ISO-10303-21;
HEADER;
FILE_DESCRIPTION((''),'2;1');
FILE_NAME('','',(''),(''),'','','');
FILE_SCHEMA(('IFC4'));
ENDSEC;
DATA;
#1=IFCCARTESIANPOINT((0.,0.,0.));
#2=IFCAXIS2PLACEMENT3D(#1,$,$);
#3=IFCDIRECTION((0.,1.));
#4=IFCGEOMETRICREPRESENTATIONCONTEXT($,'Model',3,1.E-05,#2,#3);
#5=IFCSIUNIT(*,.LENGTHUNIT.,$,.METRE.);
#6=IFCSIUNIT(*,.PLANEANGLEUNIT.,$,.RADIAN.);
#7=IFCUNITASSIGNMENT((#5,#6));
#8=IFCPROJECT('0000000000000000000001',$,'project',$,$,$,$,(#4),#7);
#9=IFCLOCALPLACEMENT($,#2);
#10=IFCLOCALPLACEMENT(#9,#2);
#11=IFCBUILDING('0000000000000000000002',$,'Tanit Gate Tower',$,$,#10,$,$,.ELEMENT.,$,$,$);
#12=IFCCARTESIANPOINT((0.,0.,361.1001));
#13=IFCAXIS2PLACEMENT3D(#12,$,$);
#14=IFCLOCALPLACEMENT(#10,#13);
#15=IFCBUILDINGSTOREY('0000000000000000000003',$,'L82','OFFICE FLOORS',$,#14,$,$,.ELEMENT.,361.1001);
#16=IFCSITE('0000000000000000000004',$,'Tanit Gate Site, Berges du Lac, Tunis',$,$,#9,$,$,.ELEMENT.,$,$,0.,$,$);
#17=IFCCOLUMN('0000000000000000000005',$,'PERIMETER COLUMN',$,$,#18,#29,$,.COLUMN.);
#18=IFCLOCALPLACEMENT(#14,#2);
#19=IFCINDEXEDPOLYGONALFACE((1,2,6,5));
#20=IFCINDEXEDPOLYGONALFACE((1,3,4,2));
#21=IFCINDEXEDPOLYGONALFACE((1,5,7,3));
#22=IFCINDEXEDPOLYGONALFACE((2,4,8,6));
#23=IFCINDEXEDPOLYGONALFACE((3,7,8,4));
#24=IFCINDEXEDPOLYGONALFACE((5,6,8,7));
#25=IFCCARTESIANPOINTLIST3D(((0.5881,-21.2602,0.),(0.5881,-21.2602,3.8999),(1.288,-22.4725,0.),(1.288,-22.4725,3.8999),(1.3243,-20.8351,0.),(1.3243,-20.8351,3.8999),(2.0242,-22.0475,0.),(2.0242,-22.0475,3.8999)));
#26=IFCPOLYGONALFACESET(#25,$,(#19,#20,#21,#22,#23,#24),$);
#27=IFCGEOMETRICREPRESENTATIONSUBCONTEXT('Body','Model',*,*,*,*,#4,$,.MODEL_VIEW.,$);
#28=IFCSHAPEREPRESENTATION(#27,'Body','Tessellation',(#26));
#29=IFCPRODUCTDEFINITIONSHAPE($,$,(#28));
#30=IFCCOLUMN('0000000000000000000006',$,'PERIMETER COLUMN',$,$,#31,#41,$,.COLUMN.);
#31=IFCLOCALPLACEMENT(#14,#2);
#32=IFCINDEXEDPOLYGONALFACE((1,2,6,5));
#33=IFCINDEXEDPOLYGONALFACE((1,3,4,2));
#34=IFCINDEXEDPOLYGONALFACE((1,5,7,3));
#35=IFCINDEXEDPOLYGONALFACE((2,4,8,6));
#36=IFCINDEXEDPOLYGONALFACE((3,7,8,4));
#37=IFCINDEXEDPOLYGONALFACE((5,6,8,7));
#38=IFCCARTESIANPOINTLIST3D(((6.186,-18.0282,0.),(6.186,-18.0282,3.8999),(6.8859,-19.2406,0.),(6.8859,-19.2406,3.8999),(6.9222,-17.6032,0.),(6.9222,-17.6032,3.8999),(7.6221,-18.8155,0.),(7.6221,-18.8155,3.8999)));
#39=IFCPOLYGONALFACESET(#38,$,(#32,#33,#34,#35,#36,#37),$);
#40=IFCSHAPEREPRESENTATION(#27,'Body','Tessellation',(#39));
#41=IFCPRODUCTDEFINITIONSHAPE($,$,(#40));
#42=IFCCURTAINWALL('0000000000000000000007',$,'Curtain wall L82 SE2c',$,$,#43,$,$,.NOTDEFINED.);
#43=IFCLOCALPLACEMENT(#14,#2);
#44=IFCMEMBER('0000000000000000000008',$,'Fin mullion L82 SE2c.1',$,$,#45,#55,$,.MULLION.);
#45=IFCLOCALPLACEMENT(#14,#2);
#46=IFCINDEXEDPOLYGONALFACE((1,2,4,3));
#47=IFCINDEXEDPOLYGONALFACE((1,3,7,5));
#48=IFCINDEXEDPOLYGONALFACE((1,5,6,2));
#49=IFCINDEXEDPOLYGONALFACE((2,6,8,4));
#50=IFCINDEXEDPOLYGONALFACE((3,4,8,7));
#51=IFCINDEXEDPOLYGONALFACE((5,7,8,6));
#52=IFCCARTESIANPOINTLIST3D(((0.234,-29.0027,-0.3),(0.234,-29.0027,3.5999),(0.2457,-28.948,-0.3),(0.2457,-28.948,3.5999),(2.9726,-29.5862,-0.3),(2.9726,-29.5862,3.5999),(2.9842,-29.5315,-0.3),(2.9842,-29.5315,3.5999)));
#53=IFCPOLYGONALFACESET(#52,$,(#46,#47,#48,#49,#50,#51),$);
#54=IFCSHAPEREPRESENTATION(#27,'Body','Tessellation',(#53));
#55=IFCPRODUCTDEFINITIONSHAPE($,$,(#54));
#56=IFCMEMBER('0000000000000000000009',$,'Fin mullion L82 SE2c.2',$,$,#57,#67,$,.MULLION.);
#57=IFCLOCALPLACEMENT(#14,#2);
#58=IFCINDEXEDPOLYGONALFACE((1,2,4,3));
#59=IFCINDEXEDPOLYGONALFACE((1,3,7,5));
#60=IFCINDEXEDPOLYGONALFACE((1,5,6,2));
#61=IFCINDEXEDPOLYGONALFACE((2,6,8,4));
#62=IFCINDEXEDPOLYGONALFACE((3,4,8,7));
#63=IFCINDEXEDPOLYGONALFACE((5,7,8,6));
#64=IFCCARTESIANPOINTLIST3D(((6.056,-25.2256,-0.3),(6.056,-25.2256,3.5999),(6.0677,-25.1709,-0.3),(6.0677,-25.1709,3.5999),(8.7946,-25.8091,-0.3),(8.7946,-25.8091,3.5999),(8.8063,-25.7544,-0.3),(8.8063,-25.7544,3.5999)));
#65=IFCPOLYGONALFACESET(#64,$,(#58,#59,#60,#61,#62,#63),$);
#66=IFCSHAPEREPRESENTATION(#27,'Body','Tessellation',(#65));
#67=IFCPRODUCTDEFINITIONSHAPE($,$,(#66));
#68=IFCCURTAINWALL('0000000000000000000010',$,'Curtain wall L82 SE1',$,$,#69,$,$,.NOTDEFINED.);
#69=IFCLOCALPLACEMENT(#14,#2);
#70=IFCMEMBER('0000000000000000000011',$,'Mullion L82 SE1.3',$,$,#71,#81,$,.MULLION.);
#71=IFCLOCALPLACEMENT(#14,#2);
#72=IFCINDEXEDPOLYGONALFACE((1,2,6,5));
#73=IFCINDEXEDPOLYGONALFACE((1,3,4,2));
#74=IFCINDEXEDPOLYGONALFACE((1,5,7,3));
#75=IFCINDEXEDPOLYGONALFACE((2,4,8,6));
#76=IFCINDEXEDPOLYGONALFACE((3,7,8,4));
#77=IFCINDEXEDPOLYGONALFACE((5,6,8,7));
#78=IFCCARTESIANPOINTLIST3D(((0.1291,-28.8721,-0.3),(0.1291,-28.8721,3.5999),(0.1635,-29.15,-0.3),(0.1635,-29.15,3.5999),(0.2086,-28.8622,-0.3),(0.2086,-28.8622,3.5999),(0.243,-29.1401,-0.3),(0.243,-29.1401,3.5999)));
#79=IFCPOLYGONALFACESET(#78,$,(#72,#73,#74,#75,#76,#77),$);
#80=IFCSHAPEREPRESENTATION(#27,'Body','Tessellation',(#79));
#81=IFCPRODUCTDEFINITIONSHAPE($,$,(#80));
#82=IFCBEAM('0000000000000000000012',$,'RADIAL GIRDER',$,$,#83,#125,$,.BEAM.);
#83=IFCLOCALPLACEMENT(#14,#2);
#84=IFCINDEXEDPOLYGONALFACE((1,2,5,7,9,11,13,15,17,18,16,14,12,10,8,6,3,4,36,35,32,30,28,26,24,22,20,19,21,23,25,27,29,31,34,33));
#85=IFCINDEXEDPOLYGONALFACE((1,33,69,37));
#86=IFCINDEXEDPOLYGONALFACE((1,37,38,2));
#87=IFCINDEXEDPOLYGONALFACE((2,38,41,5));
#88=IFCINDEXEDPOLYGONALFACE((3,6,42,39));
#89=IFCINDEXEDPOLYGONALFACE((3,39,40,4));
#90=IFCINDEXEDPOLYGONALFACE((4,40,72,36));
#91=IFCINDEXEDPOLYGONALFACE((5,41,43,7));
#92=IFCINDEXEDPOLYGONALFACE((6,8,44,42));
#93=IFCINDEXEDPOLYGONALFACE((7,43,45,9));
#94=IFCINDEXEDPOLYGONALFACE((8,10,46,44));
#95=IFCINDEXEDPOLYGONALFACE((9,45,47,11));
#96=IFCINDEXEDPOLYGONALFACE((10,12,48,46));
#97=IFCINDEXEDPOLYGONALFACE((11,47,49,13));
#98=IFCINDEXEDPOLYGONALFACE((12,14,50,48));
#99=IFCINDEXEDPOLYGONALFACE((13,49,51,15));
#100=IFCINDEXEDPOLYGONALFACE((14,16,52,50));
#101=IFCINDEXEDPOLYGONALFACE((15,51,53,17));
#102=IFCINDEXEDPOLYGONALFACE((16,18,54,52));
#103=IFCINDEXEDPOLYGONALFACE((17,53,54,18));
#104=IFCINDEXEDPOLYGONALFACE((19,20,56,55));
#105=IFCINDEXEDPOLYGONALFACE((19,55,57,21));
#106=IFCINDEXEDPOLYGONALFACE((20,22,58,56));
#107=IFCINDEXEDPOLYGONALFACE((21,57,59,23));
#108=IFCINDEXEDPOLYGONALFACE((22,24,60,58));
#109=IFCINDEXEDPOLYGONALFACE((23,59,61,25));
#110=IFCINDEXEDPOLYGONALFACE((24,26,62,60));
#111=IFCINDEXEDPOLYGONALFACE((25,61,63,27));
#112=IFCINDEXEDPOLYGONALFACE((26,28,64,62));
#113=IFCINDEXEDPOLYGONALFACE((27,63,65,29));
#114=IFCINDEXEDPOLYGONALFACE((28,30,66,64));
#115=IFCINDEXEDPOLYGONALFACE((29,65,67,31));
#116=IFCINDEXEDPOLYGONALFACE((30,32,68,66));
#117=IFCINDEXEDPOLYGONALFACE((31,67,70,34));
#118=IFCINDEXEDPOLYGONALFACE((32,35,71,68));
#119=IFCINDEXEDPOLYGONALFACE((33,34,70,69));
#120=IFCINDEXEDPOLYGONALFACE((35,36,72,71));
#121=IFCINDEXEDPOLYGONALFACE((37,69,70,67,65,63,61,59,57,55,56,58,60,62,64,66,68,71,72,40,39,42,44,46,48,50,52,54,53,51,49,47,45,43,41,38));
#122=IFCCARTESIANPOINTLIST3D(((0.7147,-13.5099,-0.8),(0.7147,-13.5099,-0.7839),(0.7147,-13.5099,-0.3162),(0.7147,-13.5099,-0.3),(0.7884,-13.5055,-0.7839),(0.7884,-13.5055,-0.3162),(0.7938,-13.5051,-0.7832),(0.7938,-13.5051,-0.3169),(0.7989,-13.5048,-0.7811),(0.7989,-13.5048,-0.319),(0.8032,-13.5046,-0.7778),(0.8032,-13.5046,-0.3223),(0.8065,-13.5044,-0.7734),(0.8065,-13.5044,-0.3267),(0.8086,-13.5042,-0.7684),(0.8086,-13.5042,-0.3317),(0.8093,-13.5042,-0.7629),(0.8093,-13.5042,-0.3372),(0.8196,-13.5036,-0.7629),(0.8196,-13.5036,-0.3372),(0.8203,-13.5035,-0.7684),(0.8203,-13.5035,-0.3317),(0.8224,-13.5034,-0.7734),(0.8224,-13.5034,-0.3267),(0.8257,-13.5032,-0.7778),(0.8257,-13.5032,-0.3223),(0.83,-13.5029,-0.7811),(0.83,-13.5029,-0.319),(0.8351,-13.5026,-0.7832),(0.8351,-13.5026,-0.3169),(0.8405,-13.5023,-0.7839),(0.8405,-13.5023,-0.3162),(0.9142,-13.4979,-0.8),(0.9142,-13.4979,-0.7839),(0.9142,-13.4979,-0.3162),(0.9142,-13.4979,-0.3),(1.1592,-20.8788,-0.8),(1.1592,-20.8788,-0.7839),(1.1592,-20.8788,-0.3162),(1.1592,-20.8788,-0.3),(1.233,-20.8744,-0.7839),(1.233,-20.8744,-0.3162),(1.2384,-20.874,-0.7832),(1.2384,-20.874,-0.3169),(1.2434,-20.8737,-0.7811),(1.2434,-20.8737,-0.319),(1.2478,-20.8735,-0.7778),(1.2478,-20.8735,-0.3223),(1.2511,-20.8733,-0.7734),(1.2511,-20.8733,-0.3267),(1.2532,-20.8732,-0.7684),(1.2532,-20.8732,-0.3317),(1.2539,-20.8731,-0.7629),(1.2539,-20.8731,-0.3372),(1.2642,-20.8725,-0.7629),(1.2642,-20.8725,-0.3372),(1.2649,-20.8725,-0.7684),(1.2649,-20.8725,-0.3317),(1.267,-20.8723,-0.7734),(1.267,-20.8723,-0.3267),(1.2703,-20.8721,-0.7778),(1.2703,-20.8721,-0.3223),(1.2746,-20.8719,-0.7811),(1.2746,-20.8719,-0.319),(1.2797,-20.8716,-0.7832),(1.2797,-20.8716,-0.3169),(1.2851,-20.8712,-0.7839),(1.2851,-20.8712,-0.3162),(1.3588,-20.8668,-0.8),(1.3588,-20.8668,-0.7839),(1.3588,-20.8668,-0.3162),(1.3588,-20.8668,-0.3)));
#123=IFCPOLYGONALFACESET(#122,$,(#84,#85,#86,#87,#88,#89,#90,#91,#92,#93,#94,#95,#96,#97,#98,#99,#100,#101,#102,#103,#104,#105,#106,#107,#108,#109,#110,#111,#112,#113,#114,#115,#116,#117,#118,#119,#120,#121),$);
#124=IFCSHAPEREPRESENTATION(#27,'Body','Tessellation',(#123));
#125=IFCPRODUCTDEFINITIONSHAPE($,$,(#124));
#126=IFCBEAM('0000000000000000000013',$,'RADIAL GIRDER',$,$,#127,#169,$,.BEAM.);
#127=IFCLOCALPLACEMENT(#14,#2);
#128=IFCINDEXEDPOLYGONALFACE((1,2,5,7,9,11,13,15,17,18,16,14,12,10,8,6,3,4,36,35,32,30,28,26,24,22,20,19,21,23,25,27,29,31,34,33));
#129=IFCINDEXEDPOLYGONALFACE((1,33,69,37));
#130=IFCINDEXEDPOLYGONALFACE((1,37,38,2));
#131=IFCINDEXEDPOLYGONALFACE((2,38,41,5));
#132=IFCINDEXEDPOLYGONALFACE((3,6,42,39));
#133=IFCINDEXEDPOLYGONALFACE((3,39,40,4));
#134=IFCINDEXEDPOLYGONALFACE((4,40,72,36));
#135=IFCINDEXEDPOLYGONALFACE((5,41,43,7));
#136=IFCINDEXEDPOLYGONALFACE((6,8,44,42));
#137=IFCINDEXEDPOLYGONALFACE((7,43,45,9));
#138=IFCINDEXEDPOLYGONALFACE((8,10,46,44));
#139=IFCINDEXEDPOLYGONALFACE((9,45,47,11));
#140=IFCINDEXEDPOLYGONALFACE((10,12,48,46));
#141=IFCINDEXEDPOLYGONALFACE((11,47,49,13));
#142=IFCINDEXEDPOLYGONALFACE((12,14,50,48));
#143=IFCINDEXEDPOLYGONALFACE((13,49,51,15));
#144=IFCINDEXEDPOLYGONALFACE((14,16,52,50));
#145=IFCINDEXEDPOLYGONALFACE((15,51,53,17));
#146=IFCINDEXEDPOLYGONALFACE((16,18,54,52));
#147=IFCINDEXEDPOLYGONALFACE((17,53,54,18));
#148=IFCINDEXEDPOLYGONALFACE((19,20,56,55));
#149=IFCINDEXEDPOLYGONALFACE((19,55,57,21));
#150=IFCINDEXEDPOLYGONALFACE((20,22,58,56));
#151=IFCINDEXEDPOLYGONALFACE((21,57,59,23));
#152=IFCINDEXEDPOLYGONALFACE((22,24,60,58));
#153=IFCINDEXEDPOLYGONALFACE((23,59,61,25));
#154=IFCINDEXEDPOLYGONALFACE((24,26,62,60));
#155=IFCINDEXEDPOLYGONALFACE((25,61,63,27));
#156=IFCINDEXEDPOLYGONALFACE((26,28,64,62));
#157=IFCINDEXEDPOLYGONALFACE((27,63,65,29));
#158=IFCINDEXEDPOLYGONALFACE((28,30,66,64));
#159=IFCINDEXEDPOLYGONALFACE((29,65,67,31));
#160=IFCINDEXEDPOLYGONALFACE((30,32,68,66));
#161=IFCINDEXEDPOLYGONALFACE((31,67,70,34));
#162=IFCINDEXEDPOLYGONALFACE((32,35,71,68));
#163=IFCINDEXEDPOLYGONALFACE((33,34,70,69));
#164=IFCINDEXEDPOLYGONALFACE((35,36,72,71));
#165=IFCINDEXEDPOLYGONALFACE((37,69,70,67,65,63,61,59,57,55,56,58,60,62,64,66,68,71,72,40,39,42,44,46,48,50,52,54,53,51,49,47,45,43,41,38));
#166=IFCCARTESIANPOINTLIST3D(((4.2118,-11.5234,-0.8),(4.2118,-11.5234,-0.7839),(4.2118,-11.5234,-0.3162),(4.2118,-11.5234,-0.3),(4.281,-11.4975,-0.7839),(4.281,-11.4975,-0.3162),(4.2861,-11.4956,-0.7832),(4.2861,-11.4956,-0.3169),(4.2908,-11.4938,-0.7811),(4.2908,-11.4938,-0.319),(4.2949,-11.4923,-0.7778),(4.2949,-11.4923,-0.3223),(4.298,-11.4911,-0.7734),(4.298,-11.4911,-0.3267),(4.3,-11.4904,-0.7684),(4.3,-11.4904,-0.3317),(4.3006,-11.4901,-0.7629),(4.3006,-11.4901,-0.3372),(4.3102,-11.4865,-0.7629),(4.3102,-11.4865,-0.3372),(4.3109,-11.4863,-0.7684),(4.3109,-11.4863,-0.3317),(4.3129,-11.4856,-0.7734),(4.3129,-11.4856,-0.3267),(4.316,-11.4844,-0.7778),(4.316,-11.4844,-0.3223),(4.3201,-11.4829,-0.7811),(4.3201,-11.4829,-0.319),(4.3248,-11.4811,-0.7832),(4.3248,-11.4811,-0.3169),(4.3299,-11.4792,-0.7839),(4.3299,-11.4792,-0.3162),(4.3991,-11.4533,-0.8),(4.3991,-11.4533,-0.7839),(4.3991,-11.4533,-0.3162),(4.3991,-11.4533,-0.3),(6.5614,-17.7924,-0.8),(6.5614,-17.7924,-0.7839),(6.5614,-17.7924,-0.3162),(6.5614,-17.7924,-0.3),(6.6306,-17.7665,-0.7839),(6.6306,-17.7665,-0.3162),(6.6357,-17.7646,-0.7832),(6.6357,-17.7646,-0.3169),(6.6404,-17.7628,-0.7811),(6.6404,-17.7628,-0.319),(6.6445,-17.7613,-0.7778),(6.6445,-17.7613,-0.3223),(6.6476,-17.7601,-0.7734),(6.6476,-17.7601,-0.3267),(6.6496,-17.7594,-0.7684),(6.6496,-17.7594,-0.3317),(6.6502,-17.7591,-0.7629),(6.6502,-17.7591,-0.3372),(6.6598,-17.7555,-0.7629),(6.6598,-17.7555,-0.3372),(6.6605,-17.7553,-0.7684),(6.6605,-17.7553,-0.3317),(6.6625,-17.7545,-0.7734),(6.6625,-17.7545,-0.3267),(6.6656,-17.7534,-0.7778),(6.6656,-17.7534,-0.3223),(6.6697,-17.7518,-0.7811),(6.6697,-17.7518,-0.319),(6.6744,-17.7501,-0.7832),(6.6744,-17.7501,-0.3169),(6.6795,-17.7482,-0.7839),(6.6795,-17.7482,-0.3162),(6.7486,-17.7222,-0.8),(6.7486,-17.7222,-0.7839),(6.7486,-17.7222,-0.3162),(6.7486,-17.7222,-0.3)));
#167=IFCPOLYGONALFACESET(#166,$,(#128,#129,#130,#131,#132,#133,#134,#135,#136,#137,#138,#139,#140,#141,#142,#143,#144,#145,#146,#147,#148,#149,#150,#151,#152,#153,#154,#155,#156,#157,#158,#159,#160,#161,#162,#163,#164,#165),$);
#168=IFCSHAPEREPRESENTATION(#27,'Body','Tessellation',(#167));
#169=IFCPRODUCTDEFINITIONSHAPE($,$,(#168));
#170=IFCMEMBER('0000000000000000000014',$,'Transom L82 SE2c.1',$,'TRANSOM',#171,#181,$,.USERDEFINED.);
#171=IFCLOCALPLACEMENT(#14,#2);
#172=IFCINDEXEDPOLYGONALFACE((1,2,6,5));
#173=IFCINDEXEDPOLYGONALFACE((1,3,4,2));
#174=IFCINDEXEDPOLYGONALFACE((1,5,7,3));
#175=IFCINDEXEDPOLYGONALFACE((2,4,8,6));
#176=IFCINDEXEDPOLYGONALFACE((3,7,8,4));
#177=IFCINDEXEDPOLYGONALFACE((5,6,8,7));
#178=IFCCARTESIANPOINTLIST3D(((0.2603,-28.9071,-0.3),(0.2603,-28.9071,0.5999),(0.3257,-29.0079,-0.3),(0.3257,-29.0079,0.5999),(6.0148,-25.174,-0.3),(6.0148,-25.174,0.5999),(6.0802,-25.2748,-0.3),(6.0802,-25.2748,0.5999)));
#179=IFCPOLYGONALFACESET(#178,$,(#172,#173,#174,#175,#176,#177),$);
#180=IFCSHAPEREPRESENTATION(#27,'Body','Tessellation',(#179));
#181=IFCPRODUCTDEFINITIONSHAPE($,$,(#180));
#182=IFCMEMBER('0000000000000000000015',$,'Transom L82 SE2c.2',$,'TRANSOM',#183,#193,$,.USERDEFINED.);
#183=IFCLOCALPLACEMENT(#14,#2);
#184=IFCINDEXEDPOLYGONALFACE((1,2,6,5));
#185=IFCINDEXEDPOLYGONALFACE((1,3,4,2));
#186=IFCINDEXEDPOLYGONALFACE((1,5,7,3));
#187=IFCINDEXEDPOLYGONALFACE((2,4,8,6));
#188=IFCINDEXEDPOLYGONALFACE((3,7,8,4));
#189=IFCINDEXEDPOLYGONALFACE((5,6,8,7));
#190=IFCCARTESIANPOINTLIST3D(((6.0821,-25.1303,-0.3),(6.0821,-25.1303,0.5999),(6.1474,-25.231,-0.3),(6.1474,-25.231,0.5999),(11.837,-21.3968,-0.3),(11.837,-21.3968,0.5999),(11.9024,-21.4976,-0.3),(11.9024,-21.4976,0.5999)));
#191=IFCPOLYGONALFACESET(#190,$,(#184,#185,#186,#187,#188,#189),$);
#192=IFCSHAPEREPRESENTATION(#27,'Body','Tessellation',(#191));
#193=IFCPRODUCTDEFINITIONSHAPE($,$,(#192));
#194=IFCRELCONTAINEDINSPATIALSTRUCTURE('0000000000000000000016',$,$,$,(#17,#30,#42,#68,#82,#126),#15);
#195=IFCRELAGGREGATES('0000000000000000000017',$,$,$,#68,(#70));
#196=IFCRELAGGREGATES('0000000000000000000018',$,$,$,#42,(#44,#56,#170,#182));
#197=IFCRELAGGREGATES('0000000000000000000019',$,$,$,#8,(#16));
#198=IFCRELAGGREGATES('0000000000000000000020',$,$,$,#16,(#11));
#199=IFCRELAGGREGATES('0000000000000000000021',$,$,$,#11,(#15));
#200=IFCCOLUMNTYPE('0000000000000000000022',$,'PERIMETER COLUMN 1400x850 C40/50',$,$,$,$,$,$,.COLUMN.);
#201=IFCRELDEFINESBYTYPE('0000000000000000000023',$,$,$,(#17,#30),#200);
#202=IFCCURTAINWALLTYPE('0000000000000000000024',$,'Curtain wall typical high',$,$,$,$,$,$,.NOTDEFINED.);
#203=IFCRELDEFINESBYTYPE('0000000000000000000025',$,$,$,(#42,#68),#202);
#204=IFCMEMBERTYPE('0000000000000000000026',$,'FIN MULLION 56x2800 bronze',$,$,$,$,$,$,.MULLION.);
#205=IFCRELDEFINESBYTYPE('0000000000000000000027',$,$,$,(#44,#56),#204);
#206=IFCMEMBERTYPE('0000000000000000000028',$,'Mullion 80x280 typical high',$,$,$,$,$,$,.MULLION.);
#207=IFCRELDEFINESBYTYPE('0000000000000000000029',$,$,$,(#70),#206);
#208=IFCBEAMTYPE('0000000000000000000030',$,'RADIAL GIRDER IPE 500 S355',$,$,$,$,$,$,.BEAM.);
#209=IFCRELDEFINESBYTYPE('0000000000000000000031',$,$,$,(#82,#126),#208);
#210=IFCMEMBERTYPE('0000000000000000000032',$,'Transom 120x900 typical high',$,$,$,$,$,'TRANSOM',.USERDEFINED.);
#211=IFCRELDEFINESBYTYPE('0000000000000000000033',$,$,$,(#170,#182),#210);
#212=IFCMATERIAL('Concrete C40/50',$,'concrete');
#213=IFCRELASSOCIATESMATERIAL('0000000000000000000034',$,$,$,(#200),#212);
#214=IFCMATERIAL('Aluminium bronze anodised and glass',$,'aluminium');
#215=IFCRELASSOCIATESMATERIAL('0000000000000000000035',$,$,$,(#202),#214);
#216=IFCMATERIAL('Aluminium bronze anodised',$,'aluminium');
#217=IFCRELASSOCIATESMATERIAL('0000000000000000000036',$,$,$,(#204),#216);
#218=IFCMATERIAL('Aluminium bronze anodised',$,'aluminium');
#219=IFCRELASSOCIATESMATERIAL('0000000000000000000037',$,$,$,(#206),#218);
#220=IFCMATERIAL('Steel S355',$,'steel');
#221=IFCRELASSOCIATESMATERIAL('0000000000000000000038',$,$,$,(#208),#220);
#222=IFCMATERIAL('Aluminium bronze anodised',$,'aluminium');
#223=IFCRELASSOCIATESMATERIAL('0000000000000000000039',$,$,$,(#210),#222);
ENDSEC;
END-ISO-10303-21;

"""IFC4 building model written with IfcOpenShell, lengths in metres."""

from ifc_helpers import new_model, si_unit, direction, frame, origin, origin_2d, place, context, subcontext, project, spatial, rectangle, i_section, extrude, material, material_profile, profile_set, type_object, element, aggregate, save


model = new_model("IFC4")

# Units and contexts
model_context = context("Model", 3, precision=1e-05, world=origin(), true_north=direction((0.0, 1.0)))
body_context = subcontext(model_context, "Body", "Model", "MODEL_VIEW")
ifc_project = project(units=[si_unit("LENGTHUNIT", "METRE"), si_unit("PLANEANGLEUNIT", "RADIAN")], contexts=[model_context])

# Site, building, storey
site_placement = place(None, origin())
site = spatial("IfcSite", under=ifc_project, at=site_placement, Name="Tanit Gate Site, Berges du Lac, Tunis", CompositionType="ELEMENT", RefElevation=0.0)
building_placement = place(site_placement, origin())
building = spatial("IfcBuilding", under=site, at=building_placement, Name="Tanit Gate Tower", CompositionType="ELEMENT")
storey_placement = place(building_placement, frame((0.0, 0.0, 361.1001)))
storey = spatial("IfcBuildingStorey", under=building, at=storey_placement, Name="L82", Description="OFFICE FLOORS", CompositionType="ELEMENT", Elevation=361.1001)

# Columns
ifc_material_1 = material(Name="Concrete C40/50", Category="concrete")
ifc_material_profile_1 = material_profile(ifc_material_1, rectangle(XDim=1.3999, YDim=0.8501, at=origin_2d()), Name="RC 1400x850")
ifc_profile_set_1 = profile_set([ifc_material_profile_1], Name="Concrete C40/50")
column_type = type_object("IfcColumnType", Name="PERIMETER COLUMN 1400x850 C40/50", PredefinedType="COLUMN", material=ifc_profile_set_1)
for number, where, z_axis, x_axis, name in (
    (1, (1.3062, -21.6538, 0.0), (0.0, 0.0, 1.0), (0.5, -0.866025, 0.0), "PERIMETER COLUMN"),
    (2, (6.9041, -18.4219, 0.0), (0.0, 0.0, 1.0), (0.5, -0.866025, 0.0), "PERIMETER COLUMN"),
):
    element("IfcColumn", number, at=place(storey_placement, frame(where, z_axis=z_axis, x_axis=x_axis)), inside=storey, type_object=column_type, Name=name, PredefinedType="COLUMN", context=body_context, shape_type="SweptSolid", body=[
        extrude(rectangle(XDim=1.3999, YDim=0.8501, at=origin_2d()), origin(), (0.0, 0.0, 1.0), 3.8999),
    ])

# Curtain wall, members
ifc_material_2 = material(Name="Aluminium bronze anodised and glass", Category="aluminium")
curtain_wall_type = type_object("IfcCurtainWallType", Name="Curtain wall typical high", PredefinedType="NOTDEFINED", material=ifc_material_2)
curtain_wall_1_placement = place(storey_placement, origin())
curtain_wall_1 = element("IfcCurtainWall", 3, at=curtain_wall_1_placement, inside=storey, type_object=curtain_wall_type, Name="Curtain wall L82 SE2c", PredefinedType="NOTDEFINED")
ifc_material_3 = material(Name="Aluminium bronze anodised", Category="aluminium")
ifc_material_profile_2 = material_profile(ifc_material_3, rectangle(XDim=2.8, YDim=0.0559, at=origin_2d()), Name="56x2800 bronze fin mullion")
ifc_profile_set_2 = profile_set([ifc_material_profile_2], Name="Aluminium bronze anodised")
member_type_1 = type_object("IfcMemberType", Name="FIN MULLION 56x2800 bronze", PredefinedType="MULLION", material=ifc_profile_set_2)
member_1_placement = place(storey_placement, frame((1.6091, -29.2671, -0.3), z_axis=(0.0, 0.0, 1.0), x_axis=(-0.978049, 0.208373, 0.0)))
member_1 = element("IfcMember", 4, at=member_1_placement, type_object=member_type_1, Name="Fin mullion L82 SE2c.1", PredefinedType="MULLION", context=body_context, shape_type="SweptSolid", body=[
    extrude(rectangle(XDim=2.8, YDim=0.0559, at=origin_2d()), origin(), (0.0, 0.0, 1.0), 3.8999),
])
member_2_placement = place(storey_placement, frame((7.4312, -25.49, -0.3), z_axis=(0.0, 0.0, 1.0), x_axis=(-0.978049, 0.208373, 0.0)))
member_2 = element("IfcMember", 5, at=member_2_placement, type_object=member_type_1, Name="Fin mullion L82 SE2c.2", PredefinedType="MULLION", context=body_context, shape_type="SweptSolid", body=[
    extrude(rectangle(XDim=2.8, YDim=0.0559, at=origin_2d()), origin(), (0.0, 0.0, 1.0), 3.8999),
])

# Curtain wall, member
curtain_wall_2_placement = place(storey_placement, origin())
curtain_wall_2 = element("IfcCurtainWall", 6, at=curtain_wall_2_placement, inside=storey, type_object=curtain_wall_type, Name="Curtain wall L82 SE1", PredefinedType="NOTDEFINED")
ifc_material_4 = material(Name="Aluminium bronze anodised", Category="aluminium")
ifc_material_profile_3 = material_profile(ifc_material_4, rectangle(XDim=0.28, YDim=0.0801, at=origin_2d()), Name="80x280 bronze mullion")
ifc_profile_set_3 = profile_set([ifc_material_profile_3], Name="Aluminium bronze anodised")
member_type_2 = type_object("IfcMemberType", Name="Mullion 80x280 typical high", PredefinedType="MULLION", material=ifc_profile_set_3)
member_3_placement = place(storey_placement, frame((0.186, -29.0061, -0.3), z_axis=(0.0, 0.0, 1.0), x_axis=(-0.122759, 0.992436, 0.0)))
member_3 = element("IfcMember", 7, at=member_3_placement, type_object=member_type_2, Name="Mullion L82 SE1.3", PredefinedType="MULLION", context=body_context, shape_type="SweptSolid", body=[
    extrude(rectangle(XDim=0.28, YDim=0.0801, at=origin_2d()), origin(), (0.0, 0.0, 1.0), 3.8999),
])

# Beams
ifc_material_5 = material(Name="Steel S355", Category="steel")
ifc_material_profile_4 = material_profile(ifc_material_5, i_section(OverallWidth=0.2, OverallDepth=0.5, WebThickness=0.0103, FlangeThickness=0.0161, FilletRadius=0.021, at=origin_2d()), Name="IPE 500")
ifc_profile_set_4 = profile_set([ifc_material_profile_4], Name="Steel S355")
beam_type = type_object("IfcBeamType", Name="RADIAL GIRDER IPE 500 S355", PredefinedType="BEAM", material=ifc_profile_set_4)
beam_1_placement = place(storey_placement, frame((1.259, -20.8728, -0.55), z_axis=(-0.060222, 0.998185, 0.0), x_axis=(-0.998185, -0.060222, 0.0)))
element("IfcBeam", 8, at=beam_1_placement, inside=storey, type_object=beam_type, Name="RADIAL GIRDER", PredefinedType="BEAM", context=body_context, shape_type="SweptSolid", body=[
    extrude(i_section(OverallWidth=0.2, OverallDepth=0.5, WebThickness=0.0103, FlangeThickness=0.0161, FilletRadius=0.021, at=origin_2d()), origin(), (0.0, 0.0, 1.0), 7.3823),
])
beam_2_placement = place(storey_placement, frame((6.655, -17.7573, -0.55), z_axis=(-0.350956, 0.936392, 0.0), x_axis=(-0.936392, -0.350956, 0.0)))
element("IfcBeam", 9, at=beam_2_placement, inside=storey, type_object=beam_type, Name="RADIAL GIRDER", PredefinedType="BEAM", context=body_context, shape_type="SweptSolid", body=[
    extrude(i_section(OverallWidth=0.2, OverallDepth=0.5, WebThickness=0.0103, FlangeThickness=0.0161, FilletRadius=0.021, at=origin_2d()), origin(), (0.0, 0.0, 1.0), 6.6948),
])

# Members
ifc_material_6 = material(Name="Aluminium bronze anodised", Category="aluminium")
ifc_material_profile_5 = material_profile(ifc_material_6, rectangle(XDim=0.1201, YDim=0.8999, at=origin_2d()), Name="120x900 bronze transom")
ifc_profile_set_5 = profile_set([ifc_material_profile_5], Name="Aluminium bronze anodised")
member_type_3 = type_object("IfcMemberType", Name="Transom 120x900 typical high", ElementType="TRANSOM", PredefinedType="USERDEFINED", material=ifc_profile_set_5)
member_4_placement = place(storey_placement, frame((0.293, -28.9575, 0.1499), z_axis=(0.838934, 0.544234, 0.0), x_axis=(-0.544234, 0.838934, 0.0)))
member_4 = element("IfcMember", 10, at=member_4_placement, type_object=member_type_3, Name="Transom L82 SE2c.1", ObjectType="TRANSOM", PredefinedType="USERDEFINED", context=body_context, shape_type="SweptSolid", body=[
    extrude(rectangle(XDim=0.1201, YDim=0.8999, at=origin_2d()), origin(), (0.0, 0.0, 1.0), 6.8594),
])
member_5_placement = place(storey_placement, frame((6.1147, -25.1807, 0.1499), z_axis=(0.838928, 0.544243, 0.0), x_axis=(-0.544243, 0.838928, 0.0)))
member_5 = element("IfcMember", 11, at=member_5_placement, type_object=member_type_3, Name="Transom L82 SE2c.2", ObjectType="TRANSOM", PredefinedType="USERDEFINED", context=body_context, shape_type="SweptSolid", body=[
    extrude(rectangle(XDim=0.1201, YDim=0.8999, at=origin_2d()), origin(), (0.0, 0.0, 1.0), 6.8599),
])

aggregate(curtain_wall_2, [member_3])
aggregate(curtain_wall_1, [member_1, member_2, member_4, member_5])

save(model, "model.ifc")
